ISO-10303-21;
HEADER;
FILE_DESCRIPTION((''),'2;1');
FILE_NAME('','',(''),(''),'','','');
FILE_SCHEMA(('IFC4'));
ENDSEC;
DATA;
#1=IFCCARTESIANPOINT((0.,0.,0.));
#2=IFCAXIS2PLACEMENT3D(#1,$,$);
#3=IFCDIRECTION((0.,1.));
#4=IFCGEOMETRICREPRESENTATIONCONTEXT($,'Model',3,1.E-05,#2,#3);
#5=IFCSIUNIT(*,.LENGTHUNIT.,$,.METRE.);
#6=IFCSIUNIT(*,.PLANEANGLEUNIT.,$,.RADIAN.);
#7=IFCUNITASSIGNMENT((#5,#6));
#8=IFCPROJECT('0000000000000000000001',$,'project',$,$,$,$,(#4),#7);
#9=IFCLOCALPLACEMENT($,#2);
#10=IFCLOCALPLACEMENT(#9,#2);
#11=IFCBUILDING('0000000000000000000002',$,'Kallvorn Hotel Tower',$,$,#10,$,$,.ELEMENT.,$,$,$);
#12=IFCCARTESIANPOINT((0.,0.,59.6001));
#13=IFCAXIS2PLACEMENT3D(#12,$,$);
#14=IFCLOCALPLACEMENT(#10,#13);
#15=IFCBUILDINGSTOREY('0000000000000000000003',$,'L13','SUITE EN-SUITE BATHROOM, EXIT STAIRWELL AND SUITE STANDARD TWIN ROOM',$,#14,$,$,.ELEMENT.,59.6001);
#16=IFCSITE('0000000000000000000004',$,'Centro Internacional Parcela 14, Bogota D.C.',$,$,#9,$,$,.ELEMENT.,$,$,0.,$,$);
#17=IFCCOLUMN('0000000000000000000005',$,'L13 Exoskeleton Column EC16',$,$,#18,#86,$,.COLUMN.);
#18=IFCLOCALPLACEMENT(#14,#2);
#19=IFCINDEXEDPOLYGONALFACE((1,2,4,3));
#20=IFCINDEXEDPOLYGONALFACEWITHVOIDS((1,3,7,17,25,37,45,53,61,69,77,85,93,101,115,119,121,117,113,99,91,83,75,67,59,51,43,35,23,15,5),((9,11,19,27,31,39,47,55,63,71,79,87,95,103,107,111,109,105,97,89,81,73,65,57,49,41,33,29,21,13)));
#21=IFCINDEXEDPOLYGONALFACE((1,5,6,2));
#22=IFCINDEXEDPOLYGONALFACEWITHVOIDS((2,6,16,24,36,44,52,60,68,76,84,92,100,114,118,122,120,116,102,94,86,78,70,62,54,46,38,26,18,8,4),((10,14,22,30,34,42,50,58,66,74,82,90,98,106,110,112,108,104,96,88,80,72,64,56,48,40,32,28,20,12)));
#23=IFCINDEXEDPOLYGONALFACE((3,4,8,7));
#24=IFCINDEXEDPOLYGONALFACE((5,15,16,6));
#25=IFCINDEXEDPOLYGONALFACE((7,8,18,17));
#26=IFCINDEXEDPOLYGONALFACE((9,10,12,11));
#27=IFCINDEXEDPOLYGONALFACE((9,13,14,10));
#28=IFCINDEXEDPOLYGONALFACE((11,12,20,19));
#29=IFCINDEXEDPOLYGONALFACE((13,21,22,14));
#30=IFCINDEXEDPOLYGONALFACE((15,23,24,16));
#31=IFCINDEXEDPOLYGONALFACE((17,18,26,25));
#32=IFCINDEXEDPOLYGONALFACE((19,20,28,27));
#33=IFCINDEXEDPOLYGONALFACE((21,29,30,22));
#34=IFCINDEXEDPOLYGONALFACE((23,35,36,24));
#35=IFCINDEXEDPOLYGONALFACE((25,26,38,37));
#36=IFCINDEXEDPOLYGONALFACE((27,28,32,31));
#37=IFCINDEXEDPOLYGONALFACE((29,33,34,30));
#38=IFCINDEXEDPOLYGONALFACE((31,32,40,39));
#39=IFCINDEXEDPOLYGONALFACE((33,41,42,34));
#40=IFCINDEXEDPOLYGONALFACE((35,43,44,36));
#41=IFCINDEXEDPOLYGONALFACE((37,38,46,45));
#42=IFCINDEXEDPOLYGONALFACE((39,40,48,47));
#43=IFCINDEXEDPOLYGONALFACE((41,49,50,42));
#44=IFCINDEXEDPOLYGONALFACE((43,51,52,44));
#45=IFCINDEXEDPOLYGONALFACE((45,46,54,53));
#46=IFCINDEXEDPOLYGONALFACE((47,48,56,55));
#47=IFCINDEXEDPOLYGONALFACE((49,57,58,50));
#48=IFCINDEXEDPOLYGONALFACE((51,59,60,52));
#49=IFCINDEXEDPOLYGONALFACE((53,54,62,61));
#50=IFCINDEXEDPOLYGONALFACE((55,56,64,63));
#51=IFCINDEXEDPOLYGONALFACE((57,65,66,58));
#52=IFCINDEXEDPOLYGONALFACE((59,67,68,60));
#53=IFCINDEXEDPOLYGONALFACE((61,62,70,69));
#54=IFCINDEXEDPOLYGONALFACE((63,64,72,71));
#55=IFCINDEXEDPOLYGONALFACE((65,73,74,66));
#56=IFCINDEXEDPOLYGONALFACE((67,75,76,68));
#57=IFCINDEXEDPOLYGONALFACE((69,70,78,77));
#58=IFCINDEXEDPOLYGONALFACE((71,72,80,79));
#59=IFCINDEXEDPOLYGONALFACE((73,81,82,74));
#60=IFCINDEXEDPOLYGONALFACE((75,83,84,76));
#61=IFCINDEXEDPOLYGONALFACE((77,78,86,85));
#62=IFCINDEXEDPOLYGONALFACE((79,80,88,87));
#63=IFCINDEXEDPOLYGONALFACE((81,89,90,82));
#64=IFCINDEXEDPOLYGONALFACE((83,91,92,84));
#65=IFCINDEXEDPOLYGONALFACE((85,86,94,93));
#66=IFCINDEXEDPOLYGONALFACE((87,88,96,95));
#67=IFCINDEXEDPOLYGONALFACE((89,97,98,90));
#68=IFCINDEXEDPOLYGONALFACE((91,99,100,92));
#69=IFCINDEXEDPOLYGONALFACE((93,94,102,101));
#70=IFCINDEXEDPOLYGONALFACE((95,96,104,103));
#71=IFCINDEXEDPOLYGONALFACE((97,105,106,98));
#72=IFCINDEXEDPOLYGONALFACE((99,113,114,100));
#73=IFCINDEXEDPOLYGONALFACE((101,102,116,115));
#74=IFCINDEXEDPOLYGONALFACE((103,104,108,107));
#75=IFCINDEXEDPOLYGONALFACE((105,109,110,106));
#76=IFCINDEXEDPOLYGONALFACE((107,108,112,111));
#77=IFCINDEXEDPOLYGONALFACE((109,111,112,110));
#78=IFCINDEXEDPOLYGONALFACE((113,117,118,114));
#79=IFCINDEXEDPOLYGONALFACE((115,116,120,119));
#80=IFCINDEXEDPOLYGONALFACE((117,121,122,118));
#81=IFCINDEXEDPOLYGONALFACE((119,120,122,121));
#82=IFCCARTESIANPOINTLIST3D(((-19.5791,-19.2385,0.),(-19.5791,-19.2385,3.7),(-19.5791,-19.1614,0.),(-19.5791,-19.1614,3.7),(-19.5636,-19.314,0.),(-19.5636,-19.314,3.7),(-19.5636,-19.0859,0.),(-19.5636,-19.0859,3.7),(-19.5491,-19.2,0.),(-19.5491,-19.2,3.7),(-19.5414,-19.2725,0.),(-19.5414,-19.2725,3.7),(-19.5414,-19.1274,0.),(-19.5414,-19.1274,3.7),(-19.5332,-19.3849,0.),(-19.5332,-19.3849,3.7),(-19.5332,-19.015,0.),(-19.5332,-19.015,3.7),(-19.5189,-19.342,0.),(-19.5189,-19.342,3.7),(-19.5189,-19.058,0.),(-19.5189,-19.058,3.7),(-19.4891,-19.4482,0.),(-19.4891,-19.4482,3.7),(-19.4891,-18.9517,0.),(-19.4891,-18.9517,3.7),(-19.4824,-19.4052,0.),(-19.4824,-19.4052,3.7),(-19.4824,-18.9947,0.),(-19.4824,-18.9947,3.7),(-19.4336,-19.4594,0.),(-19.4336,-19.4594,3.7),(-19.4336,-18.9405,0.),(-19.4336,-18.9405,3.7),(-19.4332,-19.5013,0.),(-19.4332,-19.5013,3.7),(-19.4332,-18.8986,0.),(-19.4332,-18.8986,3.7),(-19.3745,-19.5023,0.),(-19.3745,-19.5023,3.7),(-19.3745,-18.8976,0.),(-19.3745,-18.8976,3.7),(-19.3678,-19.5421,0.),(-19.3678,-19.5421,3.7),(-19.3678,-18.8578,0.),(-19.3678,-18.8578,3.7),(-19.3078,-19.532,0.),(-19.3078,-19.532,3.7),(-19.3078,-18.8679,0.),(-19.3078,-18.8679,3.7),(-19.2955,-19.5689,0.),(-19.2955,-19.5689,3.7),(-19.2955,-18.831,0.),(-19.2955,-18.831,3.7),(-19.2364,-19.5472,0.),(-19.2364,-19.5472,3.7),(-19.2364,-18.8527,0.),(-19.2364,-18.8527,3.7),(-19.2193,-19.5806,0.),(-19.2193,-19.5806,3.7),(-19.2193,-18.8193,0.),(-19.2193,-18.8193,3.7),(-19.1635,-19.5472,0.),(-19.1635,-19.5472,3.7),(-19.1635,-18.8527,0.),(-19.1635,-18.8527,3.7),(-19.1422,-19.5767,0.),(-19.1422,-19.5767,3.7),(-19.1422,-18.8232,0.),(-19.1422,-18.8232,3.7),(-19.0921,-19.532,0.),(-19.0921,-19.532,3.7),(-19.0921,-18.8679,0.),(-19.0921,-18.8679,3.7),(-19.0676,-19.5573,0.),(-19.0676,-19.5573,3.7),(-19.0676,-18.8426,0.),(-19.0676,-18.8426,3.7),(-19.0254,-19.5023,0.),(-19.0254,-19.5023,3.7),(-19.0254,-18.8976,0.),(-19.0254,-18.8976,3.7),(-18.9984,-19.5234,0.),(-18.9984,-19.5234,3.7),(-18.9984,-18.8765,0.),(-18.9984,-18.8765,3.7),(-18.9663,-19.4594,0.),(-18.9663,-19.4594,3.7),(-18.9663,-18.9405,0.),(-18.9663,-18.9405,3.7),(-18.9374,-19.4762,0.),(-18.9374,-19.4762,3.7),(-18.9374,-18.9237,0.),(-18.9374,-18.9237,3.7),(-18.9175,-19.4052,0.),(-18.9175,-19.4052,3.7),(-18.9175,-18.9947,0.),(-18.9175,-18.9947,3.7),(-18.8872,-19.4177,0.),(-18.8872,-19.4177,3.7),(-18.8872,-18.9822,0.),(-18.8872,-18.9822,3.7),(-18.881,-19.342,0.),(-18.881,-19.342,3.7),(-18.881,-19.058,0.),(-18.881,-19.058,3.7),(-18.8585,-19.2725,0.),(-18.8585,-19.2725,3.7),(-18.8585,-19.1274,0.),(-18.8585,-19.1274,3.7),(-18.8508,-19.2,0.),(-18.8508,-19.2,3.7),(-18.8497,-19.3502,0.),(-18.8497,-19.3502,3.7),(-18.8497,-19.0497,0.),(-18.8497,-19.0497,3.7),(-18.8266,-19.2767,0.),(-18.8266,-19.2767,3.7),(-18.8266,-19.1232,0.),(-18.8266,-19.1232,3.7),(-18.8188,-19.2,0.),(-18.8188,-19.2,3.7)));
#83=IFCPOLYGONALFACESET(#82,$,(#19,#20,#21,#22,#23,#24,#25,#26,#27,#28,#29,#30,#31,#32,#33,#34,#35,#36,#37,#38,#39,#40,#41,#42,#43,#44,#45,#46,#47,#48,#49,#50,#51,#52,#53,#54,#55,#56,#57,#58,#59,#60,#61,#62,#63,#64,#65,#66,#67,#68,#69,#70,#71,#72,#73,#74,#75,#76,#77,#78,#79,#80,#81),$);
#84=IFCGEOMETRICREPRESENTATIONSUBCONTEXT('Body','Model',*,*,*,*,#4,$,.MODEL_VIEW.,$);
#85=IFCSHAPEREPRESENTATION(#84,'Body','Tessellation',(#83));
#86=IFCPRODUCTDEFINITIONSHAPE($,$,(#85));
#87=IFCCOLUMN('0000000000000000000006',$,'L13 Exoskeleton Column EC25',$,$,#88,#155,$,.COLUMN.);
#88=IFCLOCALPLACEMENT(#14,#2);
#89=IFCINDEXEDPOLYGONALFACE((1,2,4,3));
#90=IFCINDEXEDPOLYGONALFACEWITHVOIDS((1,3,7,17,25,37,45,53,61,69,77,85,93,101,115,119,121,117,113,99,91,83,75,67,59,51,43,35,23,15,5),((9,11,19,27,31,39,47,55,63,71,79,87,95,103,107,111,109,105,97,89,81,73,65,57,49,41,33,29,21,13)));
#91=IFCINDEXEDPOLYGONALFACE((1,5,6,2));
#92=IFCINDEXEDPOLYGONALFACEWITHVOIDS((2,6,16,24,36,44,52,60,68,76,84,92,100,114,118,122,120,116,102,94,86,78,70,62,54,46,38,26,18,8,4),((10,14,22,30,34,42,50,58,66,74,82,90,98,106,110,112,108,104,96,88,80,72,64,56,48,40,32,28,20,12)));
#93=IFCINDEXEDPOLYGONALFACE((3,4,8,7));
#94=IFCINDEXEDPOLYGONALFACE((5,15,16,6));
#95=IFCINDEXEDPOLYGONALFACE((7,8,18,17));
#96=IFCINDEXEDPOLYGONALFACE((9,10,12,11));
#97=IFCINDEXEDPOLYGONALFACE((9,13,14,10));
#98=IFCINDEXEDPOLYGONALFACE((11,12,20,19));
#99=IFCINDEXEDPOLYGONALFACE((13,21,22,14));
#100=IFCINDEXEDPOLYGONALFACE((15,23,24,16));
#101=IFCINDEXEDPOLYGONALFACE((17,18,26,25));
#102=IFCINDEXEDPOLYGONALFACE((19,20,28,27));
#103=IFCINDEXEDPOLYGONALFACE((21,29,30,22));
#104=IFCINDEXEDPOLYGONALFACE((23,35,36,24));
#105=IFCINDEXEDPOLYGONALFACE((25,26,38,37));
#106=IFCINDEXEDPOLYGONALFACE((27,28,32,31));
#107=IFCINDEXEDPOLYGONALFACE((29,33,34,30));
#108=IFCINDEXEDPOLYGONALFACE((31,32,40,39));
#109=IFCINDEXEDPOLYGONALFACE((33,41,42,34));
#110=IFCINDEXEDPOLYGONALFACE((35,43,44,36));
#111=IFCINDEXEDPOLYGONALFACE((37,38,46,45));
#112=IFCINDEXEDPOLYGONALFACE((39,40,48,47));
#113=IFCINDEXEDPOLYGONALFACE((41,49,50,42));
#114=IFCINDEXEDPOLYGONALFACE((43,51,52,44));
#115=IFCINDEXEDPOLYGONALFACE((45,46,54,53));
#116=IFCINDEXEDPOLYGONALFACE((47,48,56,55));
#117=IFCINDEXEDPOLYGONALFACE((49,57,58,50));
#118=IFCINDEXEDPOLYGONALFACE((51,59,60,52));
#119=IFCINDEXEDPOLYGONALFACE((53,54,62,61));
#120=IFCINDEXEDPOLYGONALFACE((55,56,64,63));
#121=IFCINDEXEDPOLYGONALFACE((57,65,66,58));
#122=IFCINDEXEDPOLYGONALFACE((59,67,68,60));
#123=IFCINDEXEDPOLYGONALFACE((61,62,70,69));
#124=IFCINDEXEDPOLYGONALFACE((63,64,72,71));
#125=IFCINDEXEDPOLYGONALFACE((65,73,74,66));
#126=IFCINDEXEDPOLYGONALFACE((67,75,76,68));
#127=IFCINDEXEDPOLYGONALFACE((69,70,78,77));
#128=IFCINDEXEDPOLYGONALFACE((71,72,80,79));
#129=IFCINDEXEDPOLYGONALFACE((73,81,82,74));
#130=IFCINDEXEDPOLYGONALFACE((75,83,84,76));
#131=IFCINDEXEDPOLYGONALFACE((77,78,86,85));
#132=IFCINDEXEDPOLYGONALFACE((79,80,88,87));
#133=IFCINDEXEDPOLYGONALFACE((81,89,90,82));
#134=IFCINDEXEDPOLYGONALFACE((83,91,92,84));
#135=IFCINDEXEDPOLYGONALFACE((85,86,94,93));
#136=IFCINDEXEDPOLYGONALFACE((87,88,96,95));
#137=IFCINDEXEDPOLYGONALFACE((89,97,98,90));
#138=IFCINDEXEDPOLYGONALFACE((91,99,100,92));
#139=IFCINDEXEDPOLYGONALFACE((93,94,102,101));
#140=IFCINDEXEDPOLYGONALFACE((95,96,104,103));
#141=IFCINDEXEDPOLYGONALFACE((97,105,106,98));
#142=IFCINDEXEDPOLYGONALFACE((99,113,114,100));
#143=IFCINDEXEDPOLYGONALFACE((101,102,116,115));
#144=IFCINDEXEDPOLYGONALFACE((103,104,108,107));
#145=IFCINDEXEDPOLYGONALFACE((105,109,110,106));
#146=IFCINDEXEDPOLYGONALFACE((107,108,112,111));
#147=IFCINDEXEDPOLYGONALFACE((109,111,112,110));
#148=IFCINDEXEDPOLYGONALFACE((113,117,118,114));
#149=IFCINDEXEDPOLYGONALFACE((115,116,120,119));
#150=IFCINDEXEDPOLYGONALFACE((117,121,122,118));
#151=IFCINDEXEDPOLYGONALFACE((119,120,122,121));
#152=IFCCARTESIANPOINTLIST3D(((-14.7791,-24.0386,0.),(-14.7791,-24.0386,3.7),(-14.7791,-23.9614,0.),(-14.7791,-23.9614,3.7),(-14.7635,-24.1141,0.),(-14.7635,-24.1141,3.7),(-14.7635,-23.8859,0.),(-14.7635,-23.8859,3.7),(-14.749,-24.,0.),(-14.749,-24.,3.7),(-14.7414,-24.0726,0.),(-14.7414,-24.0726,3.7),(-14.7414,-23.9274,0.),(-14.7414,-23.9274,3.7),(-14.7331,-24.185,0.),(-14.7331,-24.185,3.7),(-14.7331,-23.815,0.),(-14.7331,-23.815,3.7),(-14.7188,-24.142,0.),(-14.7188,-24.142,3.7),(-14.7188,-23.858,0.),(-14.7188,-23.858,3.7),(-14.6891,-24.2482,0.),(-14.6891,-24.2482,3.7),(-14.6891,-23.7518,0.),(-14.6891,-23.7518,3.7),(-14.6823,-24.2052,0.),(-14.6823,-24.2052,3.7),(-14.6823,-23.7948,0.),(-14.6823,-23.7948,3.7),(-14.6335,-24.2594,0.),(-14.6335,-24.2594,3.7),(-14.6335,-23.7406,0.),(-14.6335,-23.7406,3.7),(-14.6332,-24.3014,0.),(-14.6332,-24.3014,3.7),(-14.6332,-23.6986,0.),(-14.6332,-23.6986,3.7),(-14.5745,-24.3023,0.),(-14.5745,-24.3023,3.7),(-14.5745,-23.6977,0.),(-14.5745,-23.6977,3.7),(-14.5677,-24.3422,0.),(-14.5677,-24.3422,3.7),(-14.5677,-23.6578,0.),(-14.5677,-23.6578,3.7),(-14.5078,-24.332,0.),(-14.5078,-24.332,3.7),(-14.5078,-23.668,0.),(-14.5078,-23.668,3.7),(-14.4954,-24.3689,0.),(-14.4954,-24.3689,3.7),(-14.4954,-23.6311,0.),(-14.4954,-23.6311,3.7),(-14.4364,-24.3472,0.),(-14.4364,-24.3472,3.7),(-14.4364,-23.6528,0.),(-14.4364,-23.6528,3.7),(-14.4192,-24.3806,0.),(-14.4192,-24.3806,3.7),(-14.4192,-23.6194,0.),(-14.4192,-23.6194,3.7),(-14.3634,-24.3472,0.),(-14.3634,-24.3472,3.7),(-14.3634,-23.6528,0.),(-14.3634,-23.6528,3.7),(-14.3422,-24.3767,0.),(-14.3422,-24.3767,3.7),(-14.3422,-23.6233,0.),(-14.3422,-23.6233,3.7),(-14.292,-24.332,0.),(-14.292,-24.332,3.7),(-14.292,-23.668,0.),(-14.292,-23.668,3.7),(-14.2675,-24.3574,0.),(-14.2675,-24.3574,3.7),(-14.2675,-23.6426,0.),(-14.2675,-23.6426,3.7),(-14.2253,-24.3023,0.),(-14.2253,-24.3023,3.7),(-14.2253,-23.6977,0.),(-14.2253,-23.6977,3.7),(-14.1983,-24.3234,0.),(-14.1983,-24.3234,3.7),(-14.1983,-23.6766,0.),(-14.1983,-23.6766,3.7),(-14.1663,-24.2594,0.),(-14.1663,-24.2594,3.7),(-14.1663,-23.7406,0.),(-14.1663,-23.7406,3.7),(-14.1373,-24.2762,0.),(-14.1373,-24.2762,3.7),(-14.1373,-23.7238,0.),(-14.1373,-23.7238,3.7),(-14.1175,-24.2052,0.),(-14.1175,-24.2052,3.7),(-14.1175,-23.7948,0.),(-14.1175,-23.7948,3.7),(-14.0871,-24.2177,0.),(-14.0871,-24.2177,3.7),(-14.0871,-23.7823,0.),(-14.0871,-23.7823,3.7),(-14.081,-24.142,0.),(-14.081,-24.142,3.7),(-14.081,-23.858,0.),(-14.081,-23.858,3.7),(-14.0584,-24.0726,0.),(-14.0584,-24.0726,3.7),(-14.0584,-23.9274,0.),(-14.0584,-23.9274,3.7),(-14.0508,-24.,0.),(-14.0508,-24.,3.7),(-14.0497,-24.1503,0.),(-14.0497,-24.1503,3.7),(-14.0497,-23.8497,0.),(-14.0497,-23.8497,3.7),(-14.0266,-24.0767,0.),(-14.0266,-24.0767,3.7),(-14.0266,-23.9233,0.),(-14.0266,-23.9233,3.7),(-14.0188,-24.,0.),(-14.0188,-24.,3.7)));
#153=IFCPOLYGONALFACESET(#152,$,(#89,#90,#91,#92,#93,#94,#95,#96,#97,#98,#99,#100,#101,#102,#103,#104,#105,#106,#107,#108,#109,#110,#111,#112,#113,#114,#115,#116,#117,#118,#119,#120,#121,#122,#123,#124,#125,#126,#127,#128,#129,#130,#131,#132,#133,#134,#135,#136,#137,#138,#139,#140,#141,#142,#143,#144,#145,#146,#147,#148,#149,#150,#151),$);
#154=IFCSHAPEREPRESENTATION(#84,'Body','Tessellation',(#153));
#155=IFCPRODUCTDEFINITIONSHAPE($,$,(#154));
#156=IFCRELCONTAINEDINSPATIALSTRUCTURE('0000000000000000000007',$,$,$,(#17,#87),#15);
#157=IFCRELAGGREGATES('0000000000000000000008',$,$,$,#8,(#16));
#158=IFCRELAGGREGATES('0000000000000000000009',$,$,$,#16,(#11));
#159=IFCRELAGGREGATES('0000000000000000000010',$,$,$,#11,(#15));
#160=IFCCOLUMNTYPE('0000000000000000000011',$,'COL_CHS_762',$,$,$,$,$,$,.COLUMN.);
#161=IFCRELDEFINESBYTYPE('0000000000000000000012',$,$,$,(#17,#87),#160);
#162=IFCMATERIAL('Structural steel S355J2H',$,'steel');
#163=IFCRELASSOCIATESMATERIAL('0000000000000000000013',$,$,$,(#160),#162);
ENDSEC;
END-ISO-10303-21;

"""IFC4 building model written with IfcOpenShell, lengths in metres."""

from ifc_helpers import new_model, si_unit, direction, frame, origin, origin_2d, place, context, subcontext, project, spatial, hollow_circle, extrude, material, material_profile, profile_set, type_object, element, save


model = new_model("IFC4")

# Units and contexts
model_context = context("Model", 3, precision=1e-05, world=origin(), true_north=direction((0.0, 1.0)))
body_context = subcontext(model_context, "Body", "Model", "MODEL_VIEW")
ifc_project = project(units=[si_unit("LENGTHUNIT", "METRE"), si_unit("PLANEANGLEUNIT", "RADIAN")], contexts=[model_context])

# Site, building, storey
site_placement = place(None, origin())
site = spatial("IfcSite", under=ifc_project, at=site_placement, Name="Centro Internacional Parcela 14, Bogota D.C.", CompositionType="ELEMENT", RefElevation=0.0)
building_placement = place(site_placement, origin())
building = spatial("IfcBuilding", under=site, at=building_placement, Name="Kallvorn Hotel Tower", CompositionType="ELEMENT")
storey_placement = place(building_placement, frame((0.0, 0.0, 59.6001)))
storey = spatial("IfcBuildingStorey", under=building, at=storey_placement, Name="L13", Description="SUITE EN-SUITE BATHROOM, EXIT STAIRWELL AND SUITE STANDARD TWIN ROOM", CompositionType="ELEMENT", Elevation=59.6001)

# Columns
ifc_material_1 = material(Name="Structural steel S355J2H", Category="steel")
ifc_material_profile_1 = material_profile(ifc_material_1, hollow_circle(Radius=0.3811, WallThickness=0.032, at=origin_2d()), Name="CHS 762x32")
ifc_profile_set_1 = profile_set([ifc_material_profile_1], Name="Structural steel S355J2H")
column_type = type_object("IfcColumnType", Name="COL_CHS_762", PredefinedType="COLUMN", material=ifc_profile_set_1)
for number, where, z_axis, x_axis, name in (
    (1, (-19.2, -19.2, 0.0), (0.0, 0.0, 1.0), (1.0, 0.0, 0.0), "L13 Exoskeleton Column EC16"),
    (2, (-14.3999, -24.0, 0.0), (0.0, 0.0, 1.0), (1.0, 0.0, 0.0), "L13 Exoskeleton Column EC25"),
):
    element("IfcColumn", number, at=place(storey_placement, frame(where, z_axis=z_axis, x_axis=x_axis)), inside=storey, type_object=column_type, Name=name, PredefinedType="COLUMN", context=body_context, shape_type="SweptSolid", body=[
        extrude(hollow_circle(Radius=0.3811, WallThickness=0.032, at=origin_2d()), origin(), (0.0, 0.0, 1.0), 3.7),
    ])

save(model, "model.ifc")
